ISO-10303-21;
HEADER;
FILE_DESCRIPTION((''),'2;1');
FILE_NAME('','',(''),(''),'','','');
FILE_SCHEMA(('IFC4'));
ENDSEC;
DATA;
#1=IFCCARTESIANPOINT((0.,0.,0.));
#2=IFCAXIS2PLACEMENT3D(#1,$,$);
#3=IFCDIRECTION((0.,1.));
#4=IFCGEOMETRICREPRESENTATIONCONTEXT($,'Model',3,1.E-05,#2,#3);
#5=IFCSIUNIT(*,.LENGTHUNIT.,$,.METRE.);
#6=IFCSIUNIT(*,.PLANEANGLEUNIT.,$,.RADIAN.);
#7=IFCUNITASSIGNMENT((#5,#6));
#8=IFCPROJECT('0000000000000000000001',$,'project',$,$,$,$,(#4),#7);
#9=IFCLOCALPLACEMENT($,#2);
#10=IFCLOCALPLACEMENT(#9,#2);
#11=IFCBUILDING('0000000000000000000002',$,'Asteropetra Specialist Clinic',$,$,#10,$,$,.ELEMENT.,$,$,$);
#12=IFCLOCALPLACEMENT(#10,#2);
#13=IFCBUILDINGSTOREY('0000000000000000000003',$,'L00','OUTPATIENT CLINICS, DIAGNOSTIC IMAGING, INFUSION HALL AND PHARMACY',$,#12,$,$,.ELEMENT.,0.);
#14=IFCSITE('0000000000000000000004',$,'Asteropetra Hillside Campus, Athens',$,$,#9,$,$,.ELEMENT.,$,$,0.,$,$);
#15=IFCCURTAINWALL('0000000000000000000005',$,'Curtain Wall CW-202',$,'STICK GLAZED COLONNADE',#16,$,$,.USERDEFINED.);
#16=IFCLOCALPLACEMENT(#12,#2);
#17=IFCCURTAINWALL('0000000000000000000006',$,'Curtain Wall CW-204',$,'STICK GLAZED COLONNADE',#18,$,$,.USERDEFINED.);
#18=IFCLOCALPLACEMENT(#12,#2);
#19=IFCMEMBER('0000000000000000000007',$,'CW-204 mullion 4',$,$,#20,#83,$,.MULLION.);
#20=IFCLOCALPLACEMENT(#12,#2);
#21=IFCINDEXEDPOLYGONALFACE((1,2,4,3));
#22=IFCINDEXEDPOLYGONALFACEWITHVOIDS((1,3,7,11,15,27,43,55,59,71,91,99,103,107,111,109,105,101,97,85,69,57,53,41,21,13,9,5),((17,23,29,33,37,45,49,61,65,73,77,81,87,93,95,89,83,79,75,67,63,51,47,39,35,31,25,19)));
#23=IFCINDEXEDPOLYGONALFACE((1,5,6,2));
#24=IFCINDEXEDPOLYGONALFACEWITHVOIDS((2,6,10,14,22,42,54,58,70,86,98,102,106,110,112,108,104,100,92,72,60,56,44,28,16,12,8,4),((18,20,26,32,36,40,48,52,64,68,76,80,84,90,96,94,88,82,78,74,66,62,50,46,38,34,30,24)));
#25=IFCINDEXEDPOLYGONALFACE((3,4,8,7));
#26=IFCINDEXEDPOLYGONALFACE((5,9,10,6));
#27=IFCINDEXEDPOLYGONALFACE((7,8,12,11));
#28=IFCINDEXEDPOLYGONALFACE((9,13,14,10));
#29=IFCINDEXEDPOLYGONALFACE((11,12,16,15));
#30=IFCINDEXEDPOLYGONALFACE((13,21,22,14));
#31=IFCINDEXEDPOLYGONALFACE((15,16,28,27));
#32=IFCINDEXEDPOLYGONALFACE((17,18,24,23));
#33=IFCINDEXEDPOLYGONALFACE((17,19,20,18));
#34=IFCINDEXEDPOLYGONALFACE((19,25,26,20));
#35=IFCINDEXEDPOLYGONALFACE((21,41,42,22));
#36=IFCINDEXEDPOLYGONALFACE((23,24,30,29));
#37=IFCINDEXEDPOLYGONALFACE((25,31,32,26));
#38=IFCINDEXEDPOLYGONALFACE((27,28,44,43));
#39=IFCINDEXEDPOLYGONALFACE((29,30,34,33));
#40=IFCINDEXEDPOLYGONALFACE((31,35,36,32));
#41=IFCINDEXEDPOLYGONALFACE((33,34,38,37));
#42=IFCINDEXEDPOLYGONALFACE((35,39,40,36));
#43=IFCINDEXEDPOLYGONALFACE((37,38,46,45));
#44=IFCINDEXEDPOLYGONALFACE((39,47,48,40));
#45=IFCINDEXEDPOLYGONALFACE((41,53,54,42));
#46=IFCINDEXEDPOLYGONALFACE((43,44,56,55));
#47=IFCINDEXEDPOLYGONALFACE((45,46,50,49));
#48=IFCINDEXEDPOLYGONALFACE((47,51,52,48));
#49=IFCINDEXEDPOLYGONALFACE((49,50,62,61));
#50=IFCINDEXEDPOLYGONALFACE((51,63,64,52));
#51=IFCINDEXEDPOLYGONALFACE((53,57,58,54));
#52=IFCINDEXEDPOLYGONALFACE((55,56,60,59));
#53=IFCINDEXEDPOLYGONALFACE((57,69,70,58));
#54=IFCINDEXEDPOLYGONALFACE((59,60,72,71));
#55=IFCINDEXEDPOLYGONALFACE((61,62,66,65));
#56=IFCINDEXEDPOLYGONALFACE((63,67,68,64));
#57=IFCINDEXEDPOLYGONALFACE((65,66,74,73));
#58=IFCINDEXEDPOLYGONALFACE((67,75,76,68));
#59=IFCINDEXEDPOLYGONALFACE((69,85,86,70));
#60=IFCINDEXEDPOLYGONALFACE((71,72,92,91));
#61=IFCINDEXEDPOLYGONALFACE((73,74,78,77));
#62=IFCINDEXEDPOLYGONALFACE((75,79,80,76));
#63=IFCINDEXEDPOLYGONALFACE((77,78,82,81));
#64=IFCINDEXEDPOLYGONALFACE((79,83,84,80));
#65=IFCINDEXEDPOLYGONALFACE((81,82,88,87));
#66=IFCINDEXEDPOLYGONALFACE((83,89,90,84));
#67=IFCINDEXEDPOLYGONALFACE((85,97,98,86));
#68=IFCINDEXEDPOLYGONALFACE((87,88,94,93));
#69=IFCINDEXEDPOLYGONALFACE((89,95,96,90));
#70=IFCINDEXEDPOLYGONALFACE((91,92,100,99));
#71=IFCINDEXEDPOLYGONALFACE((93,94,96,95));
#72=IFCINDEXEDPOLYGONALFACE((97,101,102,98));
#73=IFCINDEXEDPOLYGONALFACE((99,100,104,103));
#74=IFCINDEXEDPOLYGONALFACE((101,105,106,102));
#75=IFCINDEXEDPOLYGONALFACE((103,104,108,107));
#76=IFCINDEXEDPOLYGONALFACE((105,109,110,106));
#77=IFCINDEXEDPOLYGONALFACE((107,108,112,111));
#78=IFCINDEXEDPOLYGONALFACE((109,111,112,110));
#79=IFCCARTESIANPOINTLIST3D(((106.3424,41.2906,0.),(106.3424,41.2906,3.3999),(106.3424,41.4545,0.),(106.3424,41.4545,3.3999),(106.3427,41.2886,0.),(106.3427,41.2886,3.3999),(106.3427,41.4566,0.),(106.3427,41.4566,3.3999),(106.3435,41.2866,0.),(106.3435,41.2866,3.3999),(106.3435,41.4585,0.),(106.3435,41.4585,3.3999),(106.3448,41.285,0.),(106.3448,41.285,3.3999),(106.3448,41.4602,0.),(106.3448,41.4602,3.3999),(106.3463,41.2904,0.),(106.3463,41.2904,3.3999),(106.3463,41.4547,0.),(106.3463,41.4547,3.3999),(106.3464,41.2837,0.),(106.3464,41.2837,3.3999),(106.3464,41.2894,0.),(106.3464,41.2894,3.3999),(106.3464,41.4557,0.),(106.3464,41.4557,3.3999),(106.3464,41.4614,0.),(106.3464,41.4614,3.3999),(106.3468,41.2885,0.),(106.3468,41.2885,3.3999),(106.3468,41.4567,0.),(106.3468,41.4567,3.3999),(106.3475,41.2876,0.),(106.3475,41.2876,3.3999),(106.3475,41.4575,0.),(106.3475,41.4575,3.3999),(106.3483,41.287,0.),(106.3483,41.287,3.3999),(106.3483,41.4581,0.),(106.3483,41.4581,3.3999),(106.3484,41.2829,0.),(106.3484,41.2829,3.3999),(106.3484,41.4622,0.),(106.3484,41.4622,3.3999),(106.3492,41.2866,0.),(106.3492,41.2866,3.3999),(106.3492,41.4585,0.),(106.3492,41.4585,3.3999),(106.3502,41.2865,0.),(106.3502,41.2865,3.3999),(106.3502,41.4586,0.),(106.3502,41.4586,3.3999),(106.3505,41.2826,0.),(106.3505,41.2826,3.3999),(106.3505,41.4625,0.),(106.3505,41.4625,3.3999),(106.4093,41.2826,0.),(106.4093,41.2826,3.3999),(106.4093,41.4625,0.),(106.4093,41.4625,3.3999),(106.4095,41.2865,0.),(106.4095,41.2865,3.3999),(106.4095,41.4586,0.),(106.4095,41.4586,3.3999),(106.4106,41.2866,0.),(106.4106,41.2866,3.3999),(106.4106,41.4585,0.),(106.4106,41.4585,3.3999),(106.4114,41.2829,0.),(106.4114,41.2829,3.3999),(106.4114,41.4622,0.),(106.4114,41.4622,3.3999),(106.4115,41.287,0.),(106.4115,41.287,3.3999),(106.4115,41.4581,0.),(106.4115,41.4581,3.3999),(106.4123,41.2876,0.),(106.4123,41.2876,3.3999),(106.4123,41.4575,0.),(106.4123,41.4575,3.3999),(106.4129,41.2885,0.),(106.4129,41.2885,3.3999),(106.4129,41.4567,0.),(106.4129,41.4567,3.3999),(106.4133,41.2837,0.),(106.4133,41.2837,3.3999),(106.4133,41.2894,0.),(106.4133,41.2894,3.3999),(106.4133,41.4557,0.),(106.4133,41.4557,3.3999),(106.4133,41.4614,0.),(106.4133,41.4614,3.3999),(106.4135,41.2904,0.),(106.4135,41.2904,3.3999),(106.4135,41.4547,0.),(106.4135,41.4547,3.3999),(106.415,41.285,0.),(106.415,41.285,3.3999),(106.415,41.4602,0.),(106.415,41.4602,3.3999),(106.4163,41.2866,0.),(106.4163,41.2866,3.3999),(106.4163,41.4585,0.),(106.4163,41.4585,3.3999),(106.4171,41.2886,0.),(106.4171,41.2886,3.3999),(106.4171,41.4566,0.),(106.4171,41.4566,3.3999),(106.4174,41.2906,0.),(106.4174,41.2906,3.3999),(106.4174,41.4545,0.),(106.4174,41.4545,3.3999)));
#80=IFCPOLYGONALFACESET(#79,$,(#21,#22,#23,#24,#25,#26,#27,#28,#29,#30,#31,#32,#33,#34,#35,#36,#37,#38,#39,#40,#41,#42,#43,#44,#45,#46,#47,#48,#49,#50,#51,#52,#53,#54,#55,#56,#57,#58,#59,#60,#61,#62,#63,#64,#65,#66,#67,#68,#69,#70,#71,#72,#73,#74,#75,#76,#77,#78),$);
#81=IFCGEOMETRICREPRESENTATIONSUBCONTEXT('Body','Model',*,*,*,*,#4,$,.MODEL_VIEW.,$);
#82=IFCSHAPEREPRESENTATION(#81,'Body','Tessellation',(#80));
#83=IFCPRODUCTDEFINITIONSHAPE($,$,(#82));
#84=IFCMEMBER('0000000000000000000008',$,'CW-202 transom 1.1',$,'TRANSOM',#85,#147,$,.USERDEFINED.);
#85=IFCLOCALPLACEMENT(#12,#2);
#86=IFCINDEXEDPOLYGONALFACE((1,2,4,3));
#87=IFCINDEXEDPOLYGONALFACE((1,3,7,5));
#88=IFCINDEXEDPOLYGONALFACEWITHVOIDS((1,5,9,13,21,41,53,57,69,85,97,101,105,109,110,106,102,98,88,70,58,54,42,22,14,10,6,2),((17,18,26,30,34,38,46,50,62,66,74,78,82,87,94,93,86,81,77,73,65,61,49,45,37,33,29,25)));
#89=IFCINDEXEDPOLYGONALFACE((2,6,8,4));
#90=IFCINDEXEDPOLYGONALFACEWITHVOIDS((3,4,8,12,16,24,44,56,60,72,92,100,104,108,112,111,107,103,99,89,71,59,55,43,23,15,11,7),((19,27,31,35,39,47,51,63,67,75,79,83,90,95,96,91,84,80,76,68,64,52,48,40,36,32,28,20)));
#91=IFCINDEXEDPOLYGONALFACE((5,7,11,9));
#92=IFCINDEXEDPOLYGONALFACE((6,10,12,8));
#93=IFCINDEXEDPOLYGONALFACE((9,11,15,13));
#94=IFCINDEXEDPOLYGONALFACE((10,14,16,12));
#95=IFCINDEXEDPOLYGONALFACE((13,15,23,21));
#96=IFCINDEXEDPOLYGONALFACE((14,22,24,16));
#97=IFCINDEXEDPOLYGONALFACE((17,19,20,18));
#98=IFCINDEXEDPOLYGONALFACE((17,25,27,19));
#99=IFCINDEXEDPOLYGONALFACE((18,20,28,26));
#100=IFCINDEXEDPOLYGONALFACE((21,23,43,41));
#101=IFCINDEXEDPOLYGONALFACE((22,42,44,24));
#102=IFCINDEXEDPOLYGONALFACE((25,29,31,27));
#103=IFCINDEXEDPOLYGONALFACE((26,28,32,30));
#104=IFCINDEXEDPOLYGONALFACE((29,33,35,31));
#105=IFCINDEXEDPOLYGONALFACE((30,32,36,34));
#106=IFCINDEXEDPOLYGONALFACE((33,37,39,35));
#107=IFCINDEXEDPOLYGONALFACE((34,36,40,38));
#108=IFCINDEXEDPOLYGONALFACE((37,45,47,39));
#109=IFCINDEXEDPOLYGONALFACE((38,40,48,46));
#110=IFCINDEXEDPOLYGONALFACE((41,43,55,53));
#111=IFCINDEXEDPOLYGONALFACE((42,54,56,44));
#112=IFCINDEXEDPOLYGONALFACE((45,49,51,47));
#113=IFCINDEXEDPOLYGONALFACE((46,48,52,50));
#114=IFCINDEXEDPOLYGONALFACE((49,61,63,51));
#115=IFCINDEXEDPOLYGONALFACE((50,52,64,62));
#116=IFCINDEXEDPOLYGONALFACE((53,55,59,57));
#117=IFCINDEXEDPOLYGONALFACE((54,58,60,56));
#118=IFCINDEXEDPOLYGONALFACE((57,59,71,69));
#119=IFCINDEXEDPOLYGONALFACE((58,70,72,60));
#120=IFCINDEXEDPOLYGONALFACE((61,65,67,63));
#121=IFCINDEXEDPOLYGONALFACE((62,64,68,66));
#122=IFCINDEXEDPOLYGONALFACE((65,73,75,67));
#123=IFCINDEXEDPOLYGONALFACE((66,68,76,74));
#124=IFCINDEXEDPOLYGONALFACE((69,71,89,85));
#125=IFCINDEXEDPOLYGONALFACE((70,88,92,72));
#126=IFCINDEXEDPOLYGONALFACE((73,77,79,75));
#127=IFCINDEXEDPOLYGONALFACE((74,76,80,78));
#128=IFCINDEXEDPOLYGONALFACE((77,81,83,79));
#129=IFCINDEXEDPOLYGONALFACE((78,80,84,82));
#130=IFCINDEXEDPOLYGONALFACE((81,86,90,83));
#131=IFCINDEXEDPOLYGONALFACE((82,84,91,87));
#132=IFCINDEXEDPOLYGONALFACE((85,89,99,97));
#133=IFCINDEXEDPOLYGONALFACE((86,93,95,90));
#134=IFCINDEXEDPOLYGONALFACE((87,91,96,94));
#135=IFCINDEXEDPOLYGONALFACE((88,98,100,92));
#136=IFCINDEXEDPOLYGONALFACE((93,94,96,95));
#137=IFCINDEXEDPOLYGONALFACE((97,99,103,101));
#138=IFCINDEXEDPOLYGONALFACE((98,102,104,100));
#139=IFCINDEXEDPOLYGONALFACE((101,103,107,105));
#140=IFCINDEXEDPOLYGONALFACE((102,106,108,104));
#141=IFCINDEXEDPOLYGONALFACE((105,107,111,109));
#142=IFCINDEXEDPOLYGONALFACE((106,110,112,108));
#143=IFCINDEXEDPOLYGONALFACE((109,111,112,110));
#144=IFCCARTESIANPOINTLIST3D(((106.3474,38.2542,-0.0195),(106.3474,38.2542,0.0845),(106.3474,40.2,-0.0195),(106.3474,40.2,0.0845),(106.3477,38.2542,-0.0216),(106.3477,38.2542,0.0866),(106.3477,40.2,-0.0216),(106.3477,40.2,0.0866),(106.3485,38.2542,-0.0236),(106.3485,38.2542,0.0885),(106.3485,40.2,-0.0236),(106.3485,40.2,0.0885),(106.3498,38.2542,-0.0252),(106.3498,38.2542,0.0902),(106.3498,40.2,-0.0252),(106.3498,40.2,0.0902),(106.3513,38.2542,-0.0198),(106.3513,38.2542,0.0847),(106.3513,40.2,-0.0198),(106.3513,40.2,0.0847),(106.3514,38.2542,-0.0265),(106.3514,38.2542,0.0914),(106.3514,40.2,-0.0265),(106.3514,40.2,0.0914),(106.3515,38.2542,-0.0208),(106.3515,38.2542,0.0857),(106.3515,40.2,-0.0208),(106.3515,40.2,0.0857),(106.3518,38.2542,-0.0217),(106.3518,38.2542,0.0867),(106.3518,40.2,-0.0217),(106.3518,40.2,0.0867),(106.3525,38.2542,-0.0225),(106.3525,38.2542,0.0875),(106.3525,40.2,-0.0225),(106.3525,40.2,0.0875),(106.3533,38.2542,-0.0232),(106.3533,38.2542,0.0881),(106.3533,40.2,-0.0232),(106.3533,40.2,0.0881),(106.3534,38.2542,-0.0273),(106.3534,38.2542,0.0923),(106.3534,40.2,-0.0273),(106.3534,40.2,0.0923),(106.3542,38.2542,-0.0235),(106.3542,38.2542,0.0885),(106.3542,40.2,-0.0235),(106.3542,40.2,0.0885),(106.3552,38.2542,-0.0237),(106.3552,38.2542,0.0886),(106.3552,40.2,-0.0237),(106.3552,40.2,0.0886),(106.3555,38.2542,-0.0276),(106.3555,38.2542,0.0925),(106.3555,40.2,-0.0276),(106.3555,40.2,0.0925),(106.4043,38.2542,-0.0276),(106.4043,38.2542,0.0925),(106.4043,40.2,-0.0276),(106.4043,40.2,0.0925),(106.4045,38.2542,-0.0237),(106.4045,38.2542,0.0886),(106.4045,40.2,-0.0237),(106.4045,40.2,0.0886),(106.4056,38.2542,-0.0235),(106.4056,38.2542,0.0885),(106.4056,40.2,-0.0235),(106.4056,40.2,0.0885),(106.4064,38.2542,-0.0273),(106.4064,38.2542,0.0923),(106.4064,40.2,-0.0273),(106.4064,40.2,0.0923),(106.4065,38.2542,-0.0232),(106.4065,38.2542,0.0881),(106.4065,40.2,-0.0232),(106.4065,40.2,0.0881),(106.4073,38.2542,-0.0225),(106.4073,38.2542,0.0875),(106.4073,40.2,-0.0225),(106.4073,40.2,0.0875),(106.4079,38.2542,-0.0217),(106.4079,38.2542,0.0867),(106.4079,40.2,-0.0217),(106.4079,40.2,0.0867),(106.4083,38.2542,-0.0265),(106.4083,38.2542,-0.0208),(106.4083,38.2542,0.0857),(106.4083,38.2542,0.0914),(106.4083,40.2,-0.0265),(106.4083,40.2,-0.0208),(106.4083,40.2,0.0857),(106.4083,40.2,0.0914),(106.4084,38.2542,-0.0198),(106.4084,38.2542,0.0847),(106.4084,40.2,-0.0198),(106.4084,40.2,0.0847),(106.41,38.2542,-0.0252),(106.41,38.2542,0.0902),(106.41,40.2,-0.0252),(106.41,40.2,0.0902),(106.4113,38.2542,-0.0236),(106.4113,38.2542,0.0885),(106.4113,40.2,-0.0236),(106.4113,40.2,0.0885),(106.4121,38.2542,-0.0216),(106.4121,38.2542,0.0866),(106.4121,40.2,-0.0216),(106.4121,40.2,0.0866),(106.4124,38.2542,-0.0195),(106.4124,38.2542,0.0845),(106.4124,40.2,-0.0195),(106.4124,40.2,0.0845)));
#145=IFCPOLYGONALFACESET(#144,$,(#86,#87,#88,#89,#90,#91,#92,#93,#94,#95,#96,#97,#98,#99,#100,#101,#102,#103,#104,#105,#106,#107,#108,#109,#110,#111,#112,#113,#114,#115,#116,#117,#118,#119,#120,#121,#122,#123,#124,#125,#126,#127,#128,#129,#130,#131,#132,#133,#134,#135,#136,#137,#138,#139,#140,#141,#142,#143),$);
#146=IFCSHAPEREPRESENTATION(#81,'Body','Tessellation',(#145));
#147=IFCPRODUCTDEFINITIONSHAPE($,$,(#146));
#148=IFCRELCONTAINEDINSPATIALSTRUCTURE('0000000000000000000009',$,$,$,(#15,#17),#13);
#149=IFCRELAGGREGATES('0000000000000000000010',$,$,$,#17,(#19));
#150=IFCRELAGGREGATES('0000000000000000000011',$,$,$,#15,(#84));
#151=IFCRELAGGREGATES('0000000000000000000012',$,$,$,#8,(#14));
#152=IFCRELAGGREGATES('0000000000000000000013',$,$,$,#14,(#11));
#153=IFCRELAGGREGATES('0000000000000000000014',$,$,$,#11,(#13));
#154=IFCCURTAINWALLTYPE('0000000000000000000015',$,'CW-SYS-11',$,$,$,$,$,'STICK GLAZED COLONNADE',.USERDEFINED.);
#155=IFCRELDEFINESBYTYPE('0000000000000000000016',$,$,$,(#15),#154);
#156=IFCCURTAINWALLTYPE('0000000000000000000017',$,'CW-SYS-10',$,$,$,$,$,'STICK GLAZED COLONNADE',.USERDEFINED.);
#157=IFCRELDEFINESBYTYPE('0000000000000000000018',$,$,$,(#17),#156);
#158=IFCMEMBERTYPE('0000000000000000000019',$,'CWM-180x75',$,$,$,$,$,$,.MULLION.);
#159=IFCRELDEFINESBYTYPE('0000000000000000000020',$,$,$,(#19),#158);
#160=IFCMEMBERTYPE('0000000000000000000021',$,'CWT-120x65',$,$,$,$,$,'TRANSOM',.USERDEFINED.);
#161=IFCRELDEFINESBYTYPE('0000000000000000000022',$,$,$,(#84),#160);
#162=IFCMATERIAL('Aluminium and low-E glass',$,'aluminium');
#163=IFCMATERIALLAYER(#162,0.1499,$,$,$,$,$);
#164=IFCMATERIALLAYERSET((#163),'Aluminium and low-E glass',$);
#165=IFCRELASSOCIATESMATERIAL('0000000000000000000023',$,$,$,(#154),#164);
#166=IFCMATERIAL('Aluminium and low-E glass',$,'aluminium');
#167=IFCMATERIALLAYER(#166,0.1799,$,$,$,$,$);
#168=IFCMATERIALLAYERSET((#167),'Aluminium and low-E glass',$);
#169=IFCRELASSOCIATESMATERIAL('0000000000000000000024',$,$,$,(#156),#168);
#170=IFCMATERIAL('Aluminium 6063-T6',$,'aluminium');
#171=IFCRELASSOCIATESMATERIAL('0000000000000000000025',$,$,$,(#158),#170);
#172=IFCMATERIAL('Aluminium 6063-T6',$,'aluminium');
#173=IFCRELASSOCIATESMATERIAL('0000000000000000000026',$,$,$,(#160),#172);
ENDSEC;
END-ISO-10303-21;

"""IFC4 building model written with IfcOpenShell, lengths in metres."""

from ifc_helpers import new_model, si_unit, direction, frame, origin, origin_2d, place, context, subcontext, project, spatial, hollow_rectangle, extrude, material, layer, layer_set, material_profile, profile_set, type_object, element, aggregate, save


model = new_model("IFC4")

# Units and contexts
model_context = context("Model", 3, precision=1e-05, world=origin(), true_north=direction((0.0, 1.0)))
body_context = subcontext(model_context, "Body", "Model", "MODEL_VIEW")
ifc_project = project(units=[si_unit("LENGTHUNIT", "METRE"), si_unit("PLANEANGLEUNIT", "RADIAN")], contexts=[model_context])

# Site, building, storey
site_placement = place(None, origin())
site = spatial("IfcSite", under=ifc_project, at=site_placement, Name="Asteropetra Hillside Campus, Athens", CompositionType="ELEMENT", RefElevation=0.0)
building_placement = place(site_placement, origin())
building = spatial("IfcBuilding", under=site, at=building_placement, Name="Asteropetra Specialist Clinic", CompositionType="ELEMENT")
storey_placement = place(building_placement, origin())
storey = spatial("IfcBuildingStorey", under=building, at=storey_placement, Name="L00", Description="OUTPATIENT CLINICS, DIAGNOSTIC IMAGING, INFUSION HALL AND PHARMACY", CompositionType="ELEMENT", Elevation=0.0)

# Curtain wall
ifc_material_1 = material(Name="Aluminium and low-E glass", Category="aluminium")
ifc_layer_1 = layer(ifc_material_1, 0.1499)
ifc_layer_set_1 = layer_set([ifc_layer_1], Name="Aluminium and low-E glass")
curtain_wall_type_1 = type_object("IfcCurtainWallType", Name="CW-SYS-11", ElementType="STICK GLAZED COLONNADE", PredefinedType="USERDEFINED", material=ifc_layer_set_1)
curtain_wall_1_placement = place(storey_placement, origin())
curtain_wall_1 = element("IfcCurtainWall", 1, at=curtain_wall_1_placement, inside=storey, type_object=curtain_wall_type_1, Name="Curtain Wall CW-202", ObjectType="STICK GLAZED COLONNADE", PredefinedType="USERDEFINED")

# Curtain wall, member
ifc_material_2 = material(Name="Aluminium and low-E glass", Category="aluminium")
ifc_layer_2 = layer(ifc_material_2, 0.1799)
ifc_layer_set_2 = layer_set([ifc_layer_2], Name="Aluminium and low-E glass")
curtain_wall_type_2 = type_object("IfcCurtainWallType", Name="CW-SYS-10", ElementType="STICK GLAZED COLONNADE", PredefinedType="USERDEFINED", material=ifc_layer_set_2)
curtain_wall_2_placement = place(storey_placement, origin())
curtain_wall_2 = element("IfcCurtainWall", 2, at=curtain_wall_2_placement, inside=storey, type_object=curtain_wall_type_2, Name="Curtain Wall CW-204", ObjectType="STICK GLAZED COLONNADE", PredefinedType="USERDEFINED")
ifc_material_3 = material(Name="Aluminium 6063-T6", Category="aluminium")
ifc_material_profile_1 = material_profile(ifc_material_3, hollow_rectangle(XDim=0.075, YDim=0.1799, WallThickness=0.0039, InnerFilletRadius=0.0039, OuterFilletRadius=0.0081, at=origin_2d()), Name="MUL 180x75x4.0")
ifc_profile_set_1 = profile_set([ifc_material_profile_1], Name="Aluminium 6063-T6")
member_type_1 = type_object("IfcMemberType", Name="CWM-180x75", PredefinedType="MULLION", material=ifc_profile_set_1)
member_1_placement = place(storey_placement, frame((106.3799, 41.3726, 0.0), z_axis=(0.0, 0.0, 1.0), x_axis=(1.0, 0.0, 0.0)))
member_1 = element("IfcMember", 3, at=member_1_placement, type_object=member_type_1, Name="CW-204 mullion 4", PredefinedType="MULLION", context=body_context, shape_type="SweptSolid", body=[
    extrude(hollow_rectangle(XDim=0.075, YDim=0.1799, WallThickness=0.0039, InnerFilletRadius=0.0039, OuterFilletRadius=0.0081, at=origin_2d()), origin(), (0.0, 0.0, 1.0), 3.3999),
])

# Member
ifc_material_4 = material(Name="Aluminium 6063-T6", Category="aluminium")
ifc_material_profile_2 = material_profile(ifc_material_4, hollow_rectangle(XDim=0.0649, YDim=0.1201, WallThickness=0.0039, InnerFilletRadius=0.0039, OuterFilletRadius=0.0081, at=origin_2d()), Name="TRN 120x65x4.0")
ifc_profile_set_2 = profile_set([ifc_material_profile_2], Name="Aluminium 6063-T6")
member_type_2 = type_object("IfcMemberType", Name="CWT-120x65", ElementType="TRANSOM", PredefinedType="USERDEFINED", material=ifc_profile_set_2)
member_2_placement = place(storey_placement, frame((106.3799, 40.2, 0.0325), z_axis=(0.0, -1.0, 0.0), x_axis=(1.0, 0.0, 0.0)))
member_2 = element("IfcMember", 4, at=member_2_placement, type_object=member_type_2, Name="CW-202 transom 1.1", ObjectType="TRANSOM", PredefinedType="USERDEFINED", context=body_context, shape_type="SweptSolid", body=[
    extrude(hollow_rectangle(XDim=0.0649, YDim=0.1201, WallThickness=0.0039, InnerFilletRadius=0.0039, OuterFilletRadius=0.0081, at=origin_2d()), origin(), (0.0, 0.0, 1.0), 1.9458),
])

aggregate(curtain_wall_2, [member_1])
aggregate(curtain_wall_1, [member_2])

save(model, "model.ifc")
